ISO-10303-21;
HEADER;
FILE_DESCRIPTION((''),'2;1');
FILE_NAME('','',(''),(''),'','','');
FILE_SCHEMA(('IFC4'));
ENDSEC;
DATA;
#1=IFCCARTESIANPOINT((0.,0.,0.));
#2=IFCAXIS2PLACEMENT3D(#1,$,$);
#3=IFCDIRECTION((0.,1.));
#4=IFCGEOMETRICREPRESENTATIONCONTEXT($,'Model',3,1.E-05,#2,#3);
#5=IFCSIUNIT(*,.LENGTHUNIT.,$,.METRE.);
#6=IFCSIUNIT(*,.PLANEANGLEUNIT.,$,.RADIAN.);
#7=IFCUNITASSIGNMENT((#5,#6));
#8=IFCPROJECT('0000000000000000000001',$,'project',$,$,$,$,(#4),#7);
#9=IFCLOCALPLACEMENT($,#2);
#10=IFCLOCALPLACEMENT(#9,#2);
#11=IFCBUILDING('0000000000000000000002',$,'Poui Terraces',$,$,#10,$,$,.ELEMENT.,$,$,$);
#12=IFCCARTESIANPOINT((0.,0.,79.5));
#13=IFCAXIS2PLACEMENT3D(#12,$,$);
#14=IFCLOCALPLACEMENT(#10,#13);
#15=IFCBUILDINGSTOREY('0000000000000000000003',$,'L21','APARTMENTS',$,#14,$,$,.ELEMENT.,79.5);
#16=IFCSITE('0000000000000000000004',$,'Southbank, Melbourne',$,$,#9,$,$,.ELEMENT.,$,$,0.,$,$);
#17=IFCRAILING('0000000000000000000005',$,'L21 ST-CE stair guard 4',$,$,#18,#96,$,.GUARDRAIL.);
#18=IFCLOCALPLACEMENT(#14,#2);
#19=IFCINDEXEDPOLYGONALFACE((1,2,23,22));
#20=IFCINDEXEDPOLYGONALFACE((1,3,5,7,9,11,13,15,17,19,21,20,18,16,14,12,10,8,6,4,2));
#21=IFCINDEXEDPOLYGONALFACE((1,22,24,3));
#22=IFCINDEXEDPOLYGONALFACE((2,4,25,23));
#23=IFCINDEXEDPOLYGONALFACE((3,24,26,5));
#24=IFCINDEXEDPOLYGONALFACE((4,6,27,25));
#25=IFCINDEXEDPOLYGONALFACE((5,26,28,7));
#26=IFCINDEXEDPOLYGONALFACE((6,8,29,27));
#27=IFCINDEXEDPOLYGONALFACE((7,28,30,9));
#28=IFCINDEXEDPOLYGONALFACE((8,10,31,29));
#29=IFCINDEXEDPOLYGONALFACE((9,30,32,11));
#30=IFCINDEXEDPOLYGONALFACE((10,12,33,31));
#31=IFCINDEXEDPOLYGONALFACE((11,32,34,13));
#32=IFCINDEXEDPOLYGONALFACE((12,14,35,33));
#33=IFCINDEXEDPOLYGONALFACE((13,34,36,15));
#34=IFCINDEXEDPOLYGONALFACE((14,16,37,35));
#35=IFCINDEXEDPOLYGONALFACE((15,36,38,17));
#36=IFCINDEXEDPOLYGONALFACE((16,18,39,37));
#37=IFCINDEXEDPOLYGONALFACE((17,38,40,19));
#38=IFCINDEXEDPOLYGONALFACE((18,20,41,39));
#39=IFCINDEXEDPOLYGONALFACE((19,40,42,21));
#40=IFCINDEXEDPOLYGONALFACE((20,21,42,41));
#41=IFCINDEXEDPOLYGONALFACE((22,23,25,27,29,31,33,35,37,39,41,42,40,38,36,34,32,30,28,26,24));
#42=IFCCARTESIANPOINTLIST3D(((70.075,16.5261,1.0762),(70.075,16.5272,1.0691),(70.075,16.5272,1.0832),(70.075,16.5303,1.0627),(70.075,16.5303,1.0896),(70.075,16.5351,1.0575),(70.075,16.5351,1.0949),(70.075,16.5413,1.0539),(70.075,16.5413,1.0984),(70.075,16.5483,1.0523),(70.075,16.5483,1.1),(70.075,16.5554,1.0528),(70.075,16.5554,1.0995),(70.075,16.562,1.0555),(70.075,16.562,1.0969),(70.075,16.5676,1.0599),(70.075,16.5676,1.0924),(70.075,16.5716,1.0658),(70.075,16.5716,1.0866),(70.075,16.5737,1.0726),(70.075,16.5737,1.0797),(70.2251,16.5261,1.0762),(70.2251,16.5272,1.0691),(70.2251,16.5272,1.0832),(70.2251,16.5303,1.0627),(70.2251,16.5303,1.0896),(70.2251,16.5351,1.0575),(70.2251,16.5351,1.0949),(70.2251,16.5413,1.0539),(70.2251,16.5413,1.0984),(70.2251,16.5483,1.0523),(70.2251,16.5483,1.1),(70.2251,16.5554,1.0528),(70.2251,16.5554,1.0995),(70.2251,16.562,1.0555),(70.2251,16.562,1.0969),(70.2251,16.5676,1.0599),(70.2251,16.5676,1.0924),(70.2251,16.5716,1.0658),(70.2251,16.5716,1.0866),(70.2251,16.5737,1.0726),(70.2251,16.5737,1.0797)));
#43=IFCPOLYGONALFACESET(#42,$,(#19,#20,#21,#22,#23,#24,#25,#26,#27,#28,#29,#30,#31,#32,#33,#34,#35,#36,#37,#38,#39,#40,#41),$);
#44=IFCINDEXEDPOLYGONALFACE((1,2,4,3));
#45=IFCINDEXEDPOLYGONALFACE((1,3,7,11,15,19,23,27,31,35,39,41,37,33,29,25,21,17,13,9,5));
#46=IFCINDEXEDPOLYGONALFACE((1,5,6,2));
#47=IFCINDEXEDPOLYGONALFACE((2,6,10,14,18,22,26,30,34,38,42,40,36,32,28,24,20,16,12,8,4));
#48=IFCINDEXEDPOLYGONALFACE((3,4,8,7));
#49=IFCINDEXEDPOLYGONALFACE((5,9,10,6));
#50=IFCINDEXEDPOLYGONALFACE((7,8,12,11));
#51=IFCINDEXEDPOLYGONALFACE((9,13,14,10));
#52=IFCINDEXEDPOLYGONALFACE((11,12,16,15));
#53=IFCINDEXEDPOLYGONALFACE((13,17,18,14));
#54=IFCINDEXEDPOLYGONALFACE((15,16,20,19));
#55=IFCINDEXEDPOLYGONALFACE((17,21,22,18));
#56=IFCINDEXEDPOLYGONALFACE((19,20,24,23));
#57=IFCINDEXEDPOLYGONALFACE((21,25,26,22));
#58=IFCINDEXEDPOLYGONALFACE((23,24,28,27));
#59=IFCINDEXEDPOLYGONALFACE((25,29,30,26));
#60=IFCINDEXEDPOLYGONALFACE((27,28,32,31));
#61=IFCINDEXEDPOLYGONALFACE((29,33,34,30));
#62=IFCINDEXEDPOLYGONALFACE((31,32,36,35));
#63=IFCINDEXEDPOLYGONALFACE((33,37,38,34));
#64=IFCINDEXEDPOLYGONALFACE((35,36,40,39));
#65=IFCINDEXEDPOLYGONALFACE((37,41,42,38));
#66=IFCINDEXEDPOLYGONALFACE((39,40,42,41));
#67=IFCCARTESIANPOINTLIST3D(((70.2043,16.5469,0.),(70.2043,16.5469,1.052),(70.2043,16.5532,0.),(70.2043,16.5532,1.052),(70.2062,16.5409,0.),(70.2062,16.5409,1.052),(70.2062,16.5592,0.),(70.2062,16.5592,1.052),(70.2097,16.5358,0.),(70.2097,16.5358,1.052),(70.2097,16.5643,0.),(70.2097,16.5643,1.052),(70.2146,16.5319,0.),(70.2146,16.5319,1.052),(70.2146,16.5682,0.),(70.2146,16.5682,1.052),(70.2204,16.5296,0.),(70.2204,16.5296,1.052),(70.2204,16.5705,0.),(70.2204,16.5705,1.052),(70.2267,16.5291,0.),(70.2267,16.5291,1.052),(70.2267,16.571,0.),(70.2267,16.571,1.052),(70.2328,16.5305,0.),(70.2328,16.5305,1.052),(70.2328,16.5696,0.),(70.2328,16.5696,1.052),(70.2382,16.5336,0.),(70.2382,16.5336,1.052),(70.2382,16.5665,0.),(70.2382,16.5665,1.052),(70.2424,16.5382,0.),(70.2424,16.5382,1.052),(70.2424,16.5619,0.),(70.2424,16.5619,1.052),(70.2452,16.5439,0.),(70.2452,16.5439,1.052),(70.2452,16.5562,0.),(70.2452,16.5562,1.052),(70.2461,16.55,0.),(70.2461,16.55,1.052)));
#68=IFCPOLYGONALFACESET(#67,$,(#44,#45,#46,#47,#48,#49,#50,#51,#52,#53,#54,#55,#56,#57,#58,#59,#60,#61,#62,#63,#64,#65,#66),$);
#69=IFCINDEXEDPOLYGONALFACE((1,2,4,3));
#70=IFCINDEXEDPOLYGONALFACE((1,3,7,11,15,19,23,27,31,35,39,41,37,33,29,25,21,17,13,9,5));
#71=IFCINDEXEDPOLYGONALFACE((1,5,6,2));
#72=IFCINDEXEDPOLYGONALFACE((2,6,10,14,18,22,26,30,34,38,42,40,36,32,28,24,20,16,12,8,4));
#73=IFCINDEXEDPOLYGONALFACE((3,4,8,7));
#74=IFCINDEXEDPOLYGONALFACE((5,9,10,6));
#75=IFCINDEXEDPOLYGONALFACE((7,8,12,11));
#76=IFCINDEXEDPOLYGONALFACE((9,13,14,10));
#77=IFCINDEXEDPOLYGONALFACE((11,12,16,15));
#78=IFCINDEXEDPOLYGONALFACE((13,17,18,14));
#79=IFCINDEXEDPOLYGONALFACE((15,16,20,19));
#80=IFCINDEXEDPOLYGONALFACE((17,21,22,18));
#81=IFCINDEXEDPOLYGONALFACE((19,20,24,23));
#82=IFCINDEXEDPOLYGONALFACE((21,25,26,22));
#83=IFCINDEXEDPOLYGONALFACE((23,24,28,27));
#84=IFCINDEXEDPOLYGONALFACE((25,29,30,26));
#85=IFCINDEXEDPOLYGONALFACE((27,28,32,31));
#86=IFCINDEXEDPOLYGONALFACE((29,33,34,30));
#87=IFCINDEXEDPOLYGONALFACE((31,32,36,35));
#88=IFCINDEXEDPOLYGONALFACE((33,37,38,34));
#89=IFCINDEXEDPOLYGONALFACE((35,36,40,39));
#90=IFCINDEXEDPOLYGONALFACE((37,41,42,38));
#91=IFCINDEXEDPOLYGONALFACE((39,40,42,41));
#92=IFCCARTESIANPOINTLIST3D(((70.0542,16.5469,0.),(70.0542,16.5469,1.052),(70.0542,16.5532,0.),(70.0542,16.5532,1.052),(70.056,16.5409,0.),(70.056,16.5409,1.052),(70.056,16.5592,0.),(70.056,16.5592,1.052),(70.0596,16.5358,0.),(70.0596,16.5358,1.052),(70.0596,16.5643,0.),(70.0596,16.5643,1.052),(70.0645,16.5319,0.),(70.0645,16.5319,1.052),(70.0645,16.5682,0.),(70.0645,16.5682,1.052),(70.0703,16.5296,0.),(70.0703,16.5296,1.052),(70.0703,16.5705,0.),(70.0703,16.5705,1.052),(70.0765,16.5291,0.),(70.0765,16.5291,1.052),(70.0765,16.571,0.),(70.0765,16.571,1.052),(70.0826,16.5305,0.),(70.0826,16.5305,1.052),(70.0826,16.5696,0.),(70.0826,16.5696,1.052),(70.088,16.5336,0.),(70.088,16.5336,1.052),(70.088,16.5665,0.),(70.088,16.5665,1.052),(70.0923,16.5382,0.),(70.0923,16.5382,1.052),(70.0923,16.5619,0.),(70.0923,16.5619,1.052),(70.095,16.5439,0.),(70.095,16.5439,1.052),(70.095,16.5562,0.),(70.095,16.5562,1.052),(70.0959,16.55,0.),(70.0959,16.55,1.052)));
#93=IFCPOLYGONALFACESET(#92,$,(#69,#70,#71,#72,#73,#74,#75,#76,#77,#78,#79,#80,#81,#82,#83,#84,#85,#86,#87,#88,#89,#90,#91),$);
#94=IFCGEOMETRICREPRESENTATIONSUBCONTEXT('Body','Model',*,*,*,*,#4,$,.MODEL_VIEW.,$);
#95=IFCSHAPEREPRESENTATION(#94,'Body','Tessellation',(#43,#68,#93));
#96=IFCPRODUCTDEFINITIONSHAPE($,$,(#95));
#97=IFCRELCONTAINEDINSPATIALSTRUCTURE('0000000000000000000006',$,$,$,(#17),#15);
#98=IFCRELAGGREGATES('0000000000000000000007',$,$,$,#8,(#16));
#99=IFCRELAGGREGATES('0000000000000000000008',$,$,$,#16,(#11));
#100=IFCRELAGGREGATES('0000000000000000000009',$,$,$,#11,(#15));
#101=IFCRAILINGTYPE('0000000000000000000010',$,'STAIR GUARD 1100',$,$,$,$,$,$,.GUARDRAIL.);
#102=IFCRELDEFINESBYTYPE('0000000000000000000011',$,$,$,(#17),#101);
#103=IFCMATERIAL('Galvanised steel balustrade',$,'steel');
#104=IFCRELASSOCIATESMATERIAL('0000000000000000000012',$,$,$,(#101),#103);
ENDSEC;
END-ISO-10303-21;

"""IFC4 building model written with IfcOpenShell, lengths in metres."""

from ifc_helpers import new_model, si_unit, direction, frame, origin, origin_2d, place, context, subcontext, project, spatial, circle, extrude, material, type_object, element, save


model = new_model("IFC4")

# Units and contexts
model_context = context("Model", 3, precision=1e-05, world=origin(), true_north=direction((0.0, 1.0)))
body_context = subcontext(model_context, "Body", "Model", "MODEL_VIEW")
ifc_project = project(units=[si_unit("LENGTHUNIT", "METRE"), si_unit("PLANEANGLEUNIT", "RADIAN")], contexts=[model_context])

# Site, building, storey
site_placement = place(None, origin())
site = spatial("IfcSite", under=ifc_project, at=site_placement, Name="Southbank, Melbourne", CompositionType="ELEMENT", RefElevation=0.0)
building_placement = place(site_placement, origin())
building = spatial("IfcBuilding", under=site, at=building_placement, Name="Poui Terraces", CompositionType="ELEMENT")
storey_placement = place(building_placement, frame((0.0, 0.0, 79.5)))
storey = spatial("IfcBuildingStorey", under=building, at=storey_placement, Name="L21", Description="APARTMENTS", CompositionType="ELEMENT", Elevation=79.5)

# Railing
ifc_material_1 = material(Name="Galvanised steel balustrade", Category="steel")
railing_type_1 = type_object("IfcRailingType", Name="STAIR GUARD 1100", PredefinedType="GUARDRAIL", material=ifc_material_1)
railing_1_placement = place(storey_placement, frame((70.2251, 16.55, 0.0)))
element("IfcRailing", 1, at=railing_1_placement, inside=storey, type_object=railing_type_1, Name="L21 ST-CE stair guard 4", PredefinedType="GUARDRAIL", context=body_context, shape_type="SweptSolid", body=[
    extrude(circle(Radius=0.0239, at=origin_2d()), frame((0.0, 0.0, 1.0762), z_axis=(-1.0, 0.0, 0.0), x_axis=(0.0, -1.0, 0.0)), (0.0, 0.0, 1.0), 0.1501),
    extrude(circle(Radius=0.021, at=origin_2d()), origin(), (0.0, 0.0, 1.0), 1.052),
    extrude(circle(Radius=0.021, at=origin_2d()), frame((-0.1501, 0.0, 0.0)), (0.0, 0.0, 1.0), 1.052),
])

save(model, "model.ifc")
